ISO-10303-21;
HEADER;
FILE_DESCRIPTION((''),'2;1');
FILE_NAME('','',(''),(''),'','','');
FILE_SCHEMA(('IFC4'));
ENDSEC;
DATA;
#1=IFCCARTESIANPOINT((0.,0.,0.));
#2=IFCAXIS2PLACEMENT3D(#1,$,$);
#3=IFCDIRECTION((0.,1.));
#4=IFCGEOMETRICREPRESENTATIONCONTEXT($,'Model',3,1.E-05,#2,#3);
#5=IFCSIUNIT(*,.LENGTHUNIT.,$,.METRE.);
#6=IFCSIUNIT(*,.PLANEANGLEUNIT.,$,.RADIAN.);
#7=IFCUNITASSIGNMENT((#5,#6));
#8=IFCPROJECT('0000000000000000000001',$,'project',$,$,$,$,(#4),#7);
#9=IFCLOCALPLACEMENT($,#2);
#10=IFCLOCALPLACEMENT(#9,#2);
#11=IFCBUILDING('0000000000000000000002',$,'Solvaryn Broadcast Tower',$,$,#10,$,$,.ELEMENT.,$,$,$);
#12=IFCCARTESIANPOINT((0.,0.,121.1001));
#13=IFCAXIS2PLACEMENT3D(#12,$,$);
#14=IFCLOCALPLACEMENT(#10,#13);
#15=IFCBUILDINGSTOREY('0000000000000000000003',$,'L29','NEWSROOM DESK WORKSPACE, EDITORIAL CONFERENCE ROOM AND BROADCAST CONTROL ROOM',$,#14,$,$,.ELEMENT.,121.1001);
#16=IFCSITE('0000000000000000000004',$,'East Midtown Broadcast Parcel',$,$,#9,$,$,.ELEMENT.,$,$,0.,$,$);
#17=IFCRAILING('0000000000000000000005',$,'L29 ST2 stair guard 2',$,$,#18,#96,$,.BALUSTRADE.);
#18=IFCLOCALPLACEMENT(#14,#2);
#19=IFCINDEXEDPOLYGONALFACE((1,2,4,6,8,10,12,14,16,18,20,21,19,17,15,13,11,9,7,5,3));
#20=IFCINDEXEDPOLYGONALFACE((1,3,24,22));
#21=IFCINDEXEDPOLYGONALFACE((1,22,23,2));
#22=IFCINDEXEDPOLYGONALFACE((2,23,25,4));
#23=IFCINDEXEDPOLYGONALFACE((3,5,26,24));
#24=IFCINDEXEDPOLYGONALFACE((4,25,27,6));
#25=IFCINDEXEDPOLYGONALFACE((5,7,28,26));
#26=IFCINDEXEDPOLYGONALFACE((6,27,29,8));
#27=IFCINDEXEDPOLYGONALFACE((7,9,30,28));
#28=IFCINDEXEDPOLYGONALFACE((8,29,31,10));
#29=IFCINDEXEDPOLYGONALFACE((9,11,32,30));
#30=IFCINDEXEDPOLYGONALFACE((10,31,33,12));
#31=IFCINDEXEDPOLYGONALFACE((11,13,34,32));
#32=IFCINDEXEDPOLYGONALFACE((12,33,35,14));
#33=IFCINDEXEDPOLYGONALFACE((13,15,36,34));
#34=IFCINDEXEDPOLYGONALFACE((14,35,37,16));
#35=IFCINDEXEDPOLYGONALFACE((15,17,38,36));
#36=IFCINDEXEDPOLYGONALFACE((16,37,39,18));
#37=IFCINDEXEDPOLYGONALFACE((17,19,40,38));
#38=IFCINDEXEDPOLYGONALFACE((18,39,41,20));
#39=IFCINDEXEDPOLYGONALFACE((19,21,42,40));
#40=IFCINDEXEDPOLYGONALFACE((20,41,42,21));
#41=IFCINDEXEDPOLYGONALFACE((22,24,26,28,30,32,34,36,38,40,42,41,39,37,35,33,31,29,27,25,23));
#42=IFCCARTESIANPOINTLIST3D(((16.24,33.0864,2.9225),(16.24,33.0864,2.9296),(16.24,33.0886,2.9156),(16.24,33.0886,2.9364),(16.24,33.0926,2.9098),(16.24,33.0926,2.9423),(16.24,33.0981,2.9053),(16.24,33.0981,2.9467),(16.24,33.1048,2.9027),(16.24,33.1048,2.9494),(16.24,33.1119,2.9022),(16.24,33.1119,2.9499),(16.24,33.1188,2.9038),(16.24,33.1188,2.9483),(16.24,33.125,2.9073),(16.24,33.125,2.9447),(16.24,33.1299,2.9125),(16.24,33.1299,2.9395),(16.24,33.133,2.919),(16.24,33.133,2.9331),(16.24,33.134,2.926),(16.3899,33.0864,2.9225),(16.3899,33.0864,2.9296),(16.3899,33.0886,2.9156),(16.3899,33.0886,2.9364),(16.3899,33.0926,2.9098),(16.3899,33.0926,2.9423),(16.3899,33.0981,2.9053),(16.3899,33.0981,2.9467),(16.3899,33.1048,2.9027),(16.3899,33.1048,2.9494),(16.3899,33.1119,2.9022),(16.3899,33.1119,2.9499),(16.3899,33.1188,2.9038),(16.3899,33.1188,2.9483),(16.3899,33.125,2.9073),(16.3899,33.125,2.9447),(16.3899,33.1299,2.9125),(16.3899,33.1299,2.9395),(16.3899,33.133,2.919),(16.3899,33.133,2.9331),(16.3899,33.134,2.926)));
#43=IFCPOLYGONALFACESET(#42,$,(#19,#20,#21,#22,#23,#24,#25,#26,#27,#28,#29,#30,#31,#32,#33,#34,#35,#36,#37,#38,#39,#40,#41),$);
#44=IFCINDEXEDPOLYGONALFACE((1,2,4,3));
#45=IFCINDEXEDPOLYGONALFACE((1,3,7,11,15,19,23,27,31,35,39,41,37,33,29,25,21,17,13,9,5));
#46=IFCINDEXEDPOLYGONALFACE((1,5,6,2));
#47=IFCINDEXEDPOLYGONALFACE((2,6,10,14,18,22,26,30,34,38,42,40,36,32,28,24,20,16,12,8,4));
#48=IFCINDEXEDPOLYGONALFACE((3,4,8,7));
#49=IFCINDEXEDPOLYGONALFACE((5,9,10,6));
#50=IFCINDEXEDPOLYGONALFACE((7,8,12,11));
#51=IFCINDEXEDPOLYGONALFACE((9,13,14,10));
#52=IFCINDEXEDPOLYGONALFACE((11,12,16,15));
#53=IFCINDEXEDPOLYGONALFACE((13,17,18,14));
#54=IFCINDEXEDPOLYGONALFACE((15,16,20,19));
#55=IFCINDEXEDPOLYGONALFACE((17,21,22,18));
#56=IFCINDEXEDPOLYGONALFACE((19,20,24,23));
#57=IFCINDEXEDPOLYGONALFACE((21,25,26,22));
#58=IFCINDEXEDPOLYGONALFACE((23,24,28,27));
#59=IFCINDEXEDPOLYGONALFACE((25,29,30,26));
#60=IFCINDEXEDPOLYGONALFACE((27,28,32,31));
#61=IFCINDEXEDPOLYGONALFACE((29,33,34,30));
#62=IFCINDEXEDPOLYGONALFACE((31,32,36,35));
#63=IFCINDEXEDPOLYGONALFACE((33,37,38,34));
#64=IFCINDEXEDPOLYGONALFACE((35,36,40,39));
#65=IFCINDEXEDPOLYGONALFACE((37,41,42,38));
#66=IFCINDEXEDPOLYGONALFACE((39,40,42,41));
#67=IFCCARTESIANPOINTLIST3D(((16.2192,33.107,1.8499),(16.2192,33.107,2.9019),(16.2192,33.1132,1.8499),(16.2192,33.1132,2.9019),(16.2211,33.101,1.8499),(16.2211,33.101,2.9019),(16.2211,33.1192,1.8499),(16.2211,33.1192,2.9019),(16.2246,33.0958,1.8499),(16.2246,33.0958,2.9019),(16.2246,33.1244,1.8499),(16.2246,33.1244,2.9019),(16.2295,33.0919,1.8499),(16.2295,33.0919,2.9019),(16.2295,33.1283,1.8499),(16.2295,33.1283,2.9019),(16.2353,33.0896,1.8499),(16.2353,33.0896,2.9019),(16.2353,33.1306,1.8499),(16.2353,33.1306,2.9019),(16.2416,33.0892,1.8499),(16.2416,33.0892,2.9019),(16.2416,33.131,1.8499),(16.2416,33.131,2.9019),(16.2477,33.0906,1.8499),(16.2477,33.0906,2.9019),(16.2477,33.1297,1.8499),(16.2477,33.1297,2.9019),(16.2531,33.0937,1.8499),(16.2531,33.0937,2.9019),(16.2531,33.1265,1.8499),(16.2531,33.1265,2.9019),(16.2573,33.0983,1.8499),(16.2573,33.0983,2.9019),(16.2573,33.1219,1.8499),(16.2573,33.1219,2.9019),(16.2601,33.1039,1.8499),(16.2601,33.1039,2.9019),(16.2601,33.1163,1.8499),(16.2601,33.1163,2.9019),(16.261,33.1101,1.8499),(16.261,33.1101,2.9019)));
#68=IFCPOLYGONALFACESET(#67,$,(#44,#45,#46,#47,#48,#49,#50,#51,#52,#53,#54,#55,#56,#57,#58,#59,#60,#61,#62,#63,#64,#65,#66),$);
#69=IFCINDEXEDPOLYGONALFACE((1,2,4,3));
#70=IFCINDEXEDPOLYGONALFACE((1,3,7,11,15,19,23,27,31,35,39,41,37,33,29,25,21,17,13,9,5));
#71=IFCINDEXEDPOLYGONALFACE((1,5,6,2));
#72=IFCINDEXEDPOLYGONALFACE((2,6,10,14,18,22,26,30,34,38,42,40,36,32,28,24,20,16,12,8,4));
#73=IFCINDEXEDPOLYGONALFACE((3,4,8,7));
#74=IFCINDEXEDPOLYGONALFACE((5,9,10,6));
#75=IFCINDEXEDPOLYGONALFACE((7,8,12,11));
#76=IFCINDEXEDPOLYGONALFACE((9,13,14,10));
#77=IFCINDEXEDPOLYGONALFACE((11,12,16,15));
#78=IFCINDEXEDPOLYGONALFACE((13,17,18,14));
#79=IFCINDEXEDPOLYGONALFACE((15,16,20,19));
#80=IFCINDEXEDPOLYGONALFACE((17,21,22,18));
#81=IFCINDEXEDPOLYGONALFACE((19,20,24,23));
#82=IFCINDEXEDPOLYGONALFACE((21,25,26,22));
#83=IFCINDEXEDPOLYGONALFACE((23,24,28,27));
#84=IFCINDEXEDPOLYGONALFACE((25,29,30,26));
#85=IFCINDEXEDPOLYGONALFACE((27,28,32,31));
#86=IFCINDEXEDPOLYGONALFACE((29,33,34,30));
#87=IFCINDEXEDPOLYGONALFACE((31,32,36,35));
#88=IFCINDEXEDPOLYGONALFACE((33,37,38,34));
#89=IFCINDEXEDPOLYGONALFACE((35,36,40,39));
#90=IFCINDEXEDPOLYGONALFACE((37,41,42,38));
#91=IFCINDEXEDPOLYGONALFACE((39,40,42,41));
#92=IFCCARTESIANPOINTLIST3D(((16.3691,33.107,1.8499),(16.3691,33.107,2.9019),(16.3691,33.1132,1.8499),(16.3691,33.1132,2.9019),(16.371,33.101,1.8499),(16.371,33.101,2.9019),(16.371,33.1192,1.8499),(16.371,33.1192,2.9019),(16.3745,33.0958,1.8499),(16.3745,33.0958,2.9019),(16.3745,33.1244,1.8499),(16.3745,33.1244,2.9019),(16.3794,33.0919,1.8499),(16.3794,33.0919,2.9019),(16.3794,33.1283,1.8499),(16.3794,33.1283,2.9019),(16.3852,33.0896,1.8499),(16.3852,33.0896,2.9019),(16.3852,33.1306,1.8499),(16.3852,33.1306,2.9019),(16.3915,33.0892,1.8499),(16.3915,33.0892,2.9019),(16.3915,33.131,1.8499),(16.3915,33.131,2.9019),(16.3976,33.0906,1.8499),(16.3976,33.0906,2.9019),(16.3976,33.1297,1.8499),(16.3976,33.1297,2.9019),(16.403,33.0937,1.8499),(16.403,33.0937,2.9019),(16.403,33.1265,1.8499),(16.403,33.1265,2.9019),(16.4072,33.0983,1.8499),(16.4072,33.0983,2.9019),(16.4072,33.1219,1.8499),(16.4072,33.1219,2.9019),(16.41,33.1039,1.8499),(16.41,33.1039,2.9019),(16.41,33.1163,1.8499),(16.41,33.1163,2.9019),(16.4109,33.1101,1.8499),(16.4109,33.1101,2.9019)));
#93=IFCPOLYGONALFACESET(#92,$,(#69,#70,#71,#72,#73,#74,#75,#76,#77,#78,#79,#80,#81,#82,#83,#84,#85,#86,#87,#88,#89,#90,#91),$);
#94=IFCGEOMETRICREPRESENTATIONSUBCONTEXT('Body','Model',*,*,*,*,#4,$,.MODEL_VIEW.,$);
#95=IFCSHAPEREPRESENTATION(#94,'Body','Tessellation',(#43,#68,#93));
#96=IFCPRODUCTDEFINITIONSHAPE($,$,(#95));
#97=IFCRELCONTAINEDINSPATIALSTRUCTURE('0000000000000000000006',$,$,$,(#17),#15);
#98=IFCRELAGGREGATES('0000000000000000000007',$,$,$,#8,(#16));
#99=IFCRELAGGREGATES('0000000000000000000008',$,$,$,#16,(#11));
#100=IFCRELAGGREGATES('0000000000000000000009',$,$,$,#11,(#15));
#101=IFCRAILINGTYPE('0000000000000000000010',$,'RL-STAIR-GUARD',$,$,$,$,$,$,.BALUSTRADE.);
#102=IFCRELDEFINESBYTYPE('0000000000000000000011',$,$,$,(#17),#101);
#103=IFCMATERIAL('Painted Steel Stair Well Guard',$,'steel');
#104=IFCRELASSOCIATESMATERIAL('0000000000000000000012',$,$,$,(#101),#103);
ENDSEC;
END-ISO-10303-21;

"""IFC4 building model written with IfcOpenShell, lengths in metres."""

from ifc_helpers import new_model, si_unit, direction, frame, origin, origin_2d, place, context, subcontext, project, spatial, circle, extrude, material, type_object, element, save


model = new_model("IFC4")

# Units and contexts
model_context = context("Model", 3, precision=1e-05, world=origin(), true_north=direction((0.0, 1.0)))
body_context = subcontext(model_context, "Body", "Model", "MODEL_VIEW")
ifc_project = project(units=[si_unit("LENGTHUNIT", "METRE"), si_unit("PLANEANGLEUNIT", "RADIAN")], contexts=[model_context])

# Site, building, storey
site_placement = place(None, origin())
site = spatial("IfcSite", under=ifc_project, at=site_placement, Name="East Midtown Broadcast Parcel", CompositionType="ELEMENT", RefElevation=0.0)
building_placement = place(site_placement, origin())
building = spatial("IfcBuilding", under=site, at=building_placement, Name="Solvaryn Broadcast Tower", CompositionType="ELEMENT")
storey_placement = place(building_placement, frame((0.0, 0.0, 121.1001)))
storey = spatial("IfcBuildingStorey", under=building, at=storey_placement, Name="L29", Description="NEWSROOM DESK WORKSPACE, EDITORIAL CONFERENCE ROOM AND BROADCAST CONTROL ROOM", CompositionType="ELEMENT", Elevation=121.1001)

# Railing
ifc_material_1 = material(Name="Painted Steel Stair Well Guard", Category="steel")
railing_type_1 = type_object("IfcRailingType", Name="RL-STAIR-GUARD", PredefinedType="BALUSTRADE", material=ifc_material_1)
railing_1_placement = place(storey_placement, frame((16.24, 33.1101, 1.8499)))
element("IfcRailing", 1, at=railing_1_placement, inside=storey, type_object=railing_type_1, Name="L29 ST2 stair guard 2", PredefinedType="BALUSTRADE", context=body_context, shape_type="SweptSolid", body=[
    extrude(circle(Radius=0.0239, at=origin_2d()), frame((0.0, 0.0, 1.0762), z_axis=(1.0, 0.0, 0.0), x_axis=(0.0, 1.0, 0.0)), (0.0, 0.0, 1.0), 0.1499),
    extrude(circle(Radius=0.021, at=origin_2d()), origin(), (0.0, 0.0, 1.0), 1.052),
    extrude(circle(Radius=0.021, at=origin_2d()), frame((0.1499, 0.0, 0.0)), (0.0, 0.0, 1.0), 1.052),
])

save(model, "model.ifc")
